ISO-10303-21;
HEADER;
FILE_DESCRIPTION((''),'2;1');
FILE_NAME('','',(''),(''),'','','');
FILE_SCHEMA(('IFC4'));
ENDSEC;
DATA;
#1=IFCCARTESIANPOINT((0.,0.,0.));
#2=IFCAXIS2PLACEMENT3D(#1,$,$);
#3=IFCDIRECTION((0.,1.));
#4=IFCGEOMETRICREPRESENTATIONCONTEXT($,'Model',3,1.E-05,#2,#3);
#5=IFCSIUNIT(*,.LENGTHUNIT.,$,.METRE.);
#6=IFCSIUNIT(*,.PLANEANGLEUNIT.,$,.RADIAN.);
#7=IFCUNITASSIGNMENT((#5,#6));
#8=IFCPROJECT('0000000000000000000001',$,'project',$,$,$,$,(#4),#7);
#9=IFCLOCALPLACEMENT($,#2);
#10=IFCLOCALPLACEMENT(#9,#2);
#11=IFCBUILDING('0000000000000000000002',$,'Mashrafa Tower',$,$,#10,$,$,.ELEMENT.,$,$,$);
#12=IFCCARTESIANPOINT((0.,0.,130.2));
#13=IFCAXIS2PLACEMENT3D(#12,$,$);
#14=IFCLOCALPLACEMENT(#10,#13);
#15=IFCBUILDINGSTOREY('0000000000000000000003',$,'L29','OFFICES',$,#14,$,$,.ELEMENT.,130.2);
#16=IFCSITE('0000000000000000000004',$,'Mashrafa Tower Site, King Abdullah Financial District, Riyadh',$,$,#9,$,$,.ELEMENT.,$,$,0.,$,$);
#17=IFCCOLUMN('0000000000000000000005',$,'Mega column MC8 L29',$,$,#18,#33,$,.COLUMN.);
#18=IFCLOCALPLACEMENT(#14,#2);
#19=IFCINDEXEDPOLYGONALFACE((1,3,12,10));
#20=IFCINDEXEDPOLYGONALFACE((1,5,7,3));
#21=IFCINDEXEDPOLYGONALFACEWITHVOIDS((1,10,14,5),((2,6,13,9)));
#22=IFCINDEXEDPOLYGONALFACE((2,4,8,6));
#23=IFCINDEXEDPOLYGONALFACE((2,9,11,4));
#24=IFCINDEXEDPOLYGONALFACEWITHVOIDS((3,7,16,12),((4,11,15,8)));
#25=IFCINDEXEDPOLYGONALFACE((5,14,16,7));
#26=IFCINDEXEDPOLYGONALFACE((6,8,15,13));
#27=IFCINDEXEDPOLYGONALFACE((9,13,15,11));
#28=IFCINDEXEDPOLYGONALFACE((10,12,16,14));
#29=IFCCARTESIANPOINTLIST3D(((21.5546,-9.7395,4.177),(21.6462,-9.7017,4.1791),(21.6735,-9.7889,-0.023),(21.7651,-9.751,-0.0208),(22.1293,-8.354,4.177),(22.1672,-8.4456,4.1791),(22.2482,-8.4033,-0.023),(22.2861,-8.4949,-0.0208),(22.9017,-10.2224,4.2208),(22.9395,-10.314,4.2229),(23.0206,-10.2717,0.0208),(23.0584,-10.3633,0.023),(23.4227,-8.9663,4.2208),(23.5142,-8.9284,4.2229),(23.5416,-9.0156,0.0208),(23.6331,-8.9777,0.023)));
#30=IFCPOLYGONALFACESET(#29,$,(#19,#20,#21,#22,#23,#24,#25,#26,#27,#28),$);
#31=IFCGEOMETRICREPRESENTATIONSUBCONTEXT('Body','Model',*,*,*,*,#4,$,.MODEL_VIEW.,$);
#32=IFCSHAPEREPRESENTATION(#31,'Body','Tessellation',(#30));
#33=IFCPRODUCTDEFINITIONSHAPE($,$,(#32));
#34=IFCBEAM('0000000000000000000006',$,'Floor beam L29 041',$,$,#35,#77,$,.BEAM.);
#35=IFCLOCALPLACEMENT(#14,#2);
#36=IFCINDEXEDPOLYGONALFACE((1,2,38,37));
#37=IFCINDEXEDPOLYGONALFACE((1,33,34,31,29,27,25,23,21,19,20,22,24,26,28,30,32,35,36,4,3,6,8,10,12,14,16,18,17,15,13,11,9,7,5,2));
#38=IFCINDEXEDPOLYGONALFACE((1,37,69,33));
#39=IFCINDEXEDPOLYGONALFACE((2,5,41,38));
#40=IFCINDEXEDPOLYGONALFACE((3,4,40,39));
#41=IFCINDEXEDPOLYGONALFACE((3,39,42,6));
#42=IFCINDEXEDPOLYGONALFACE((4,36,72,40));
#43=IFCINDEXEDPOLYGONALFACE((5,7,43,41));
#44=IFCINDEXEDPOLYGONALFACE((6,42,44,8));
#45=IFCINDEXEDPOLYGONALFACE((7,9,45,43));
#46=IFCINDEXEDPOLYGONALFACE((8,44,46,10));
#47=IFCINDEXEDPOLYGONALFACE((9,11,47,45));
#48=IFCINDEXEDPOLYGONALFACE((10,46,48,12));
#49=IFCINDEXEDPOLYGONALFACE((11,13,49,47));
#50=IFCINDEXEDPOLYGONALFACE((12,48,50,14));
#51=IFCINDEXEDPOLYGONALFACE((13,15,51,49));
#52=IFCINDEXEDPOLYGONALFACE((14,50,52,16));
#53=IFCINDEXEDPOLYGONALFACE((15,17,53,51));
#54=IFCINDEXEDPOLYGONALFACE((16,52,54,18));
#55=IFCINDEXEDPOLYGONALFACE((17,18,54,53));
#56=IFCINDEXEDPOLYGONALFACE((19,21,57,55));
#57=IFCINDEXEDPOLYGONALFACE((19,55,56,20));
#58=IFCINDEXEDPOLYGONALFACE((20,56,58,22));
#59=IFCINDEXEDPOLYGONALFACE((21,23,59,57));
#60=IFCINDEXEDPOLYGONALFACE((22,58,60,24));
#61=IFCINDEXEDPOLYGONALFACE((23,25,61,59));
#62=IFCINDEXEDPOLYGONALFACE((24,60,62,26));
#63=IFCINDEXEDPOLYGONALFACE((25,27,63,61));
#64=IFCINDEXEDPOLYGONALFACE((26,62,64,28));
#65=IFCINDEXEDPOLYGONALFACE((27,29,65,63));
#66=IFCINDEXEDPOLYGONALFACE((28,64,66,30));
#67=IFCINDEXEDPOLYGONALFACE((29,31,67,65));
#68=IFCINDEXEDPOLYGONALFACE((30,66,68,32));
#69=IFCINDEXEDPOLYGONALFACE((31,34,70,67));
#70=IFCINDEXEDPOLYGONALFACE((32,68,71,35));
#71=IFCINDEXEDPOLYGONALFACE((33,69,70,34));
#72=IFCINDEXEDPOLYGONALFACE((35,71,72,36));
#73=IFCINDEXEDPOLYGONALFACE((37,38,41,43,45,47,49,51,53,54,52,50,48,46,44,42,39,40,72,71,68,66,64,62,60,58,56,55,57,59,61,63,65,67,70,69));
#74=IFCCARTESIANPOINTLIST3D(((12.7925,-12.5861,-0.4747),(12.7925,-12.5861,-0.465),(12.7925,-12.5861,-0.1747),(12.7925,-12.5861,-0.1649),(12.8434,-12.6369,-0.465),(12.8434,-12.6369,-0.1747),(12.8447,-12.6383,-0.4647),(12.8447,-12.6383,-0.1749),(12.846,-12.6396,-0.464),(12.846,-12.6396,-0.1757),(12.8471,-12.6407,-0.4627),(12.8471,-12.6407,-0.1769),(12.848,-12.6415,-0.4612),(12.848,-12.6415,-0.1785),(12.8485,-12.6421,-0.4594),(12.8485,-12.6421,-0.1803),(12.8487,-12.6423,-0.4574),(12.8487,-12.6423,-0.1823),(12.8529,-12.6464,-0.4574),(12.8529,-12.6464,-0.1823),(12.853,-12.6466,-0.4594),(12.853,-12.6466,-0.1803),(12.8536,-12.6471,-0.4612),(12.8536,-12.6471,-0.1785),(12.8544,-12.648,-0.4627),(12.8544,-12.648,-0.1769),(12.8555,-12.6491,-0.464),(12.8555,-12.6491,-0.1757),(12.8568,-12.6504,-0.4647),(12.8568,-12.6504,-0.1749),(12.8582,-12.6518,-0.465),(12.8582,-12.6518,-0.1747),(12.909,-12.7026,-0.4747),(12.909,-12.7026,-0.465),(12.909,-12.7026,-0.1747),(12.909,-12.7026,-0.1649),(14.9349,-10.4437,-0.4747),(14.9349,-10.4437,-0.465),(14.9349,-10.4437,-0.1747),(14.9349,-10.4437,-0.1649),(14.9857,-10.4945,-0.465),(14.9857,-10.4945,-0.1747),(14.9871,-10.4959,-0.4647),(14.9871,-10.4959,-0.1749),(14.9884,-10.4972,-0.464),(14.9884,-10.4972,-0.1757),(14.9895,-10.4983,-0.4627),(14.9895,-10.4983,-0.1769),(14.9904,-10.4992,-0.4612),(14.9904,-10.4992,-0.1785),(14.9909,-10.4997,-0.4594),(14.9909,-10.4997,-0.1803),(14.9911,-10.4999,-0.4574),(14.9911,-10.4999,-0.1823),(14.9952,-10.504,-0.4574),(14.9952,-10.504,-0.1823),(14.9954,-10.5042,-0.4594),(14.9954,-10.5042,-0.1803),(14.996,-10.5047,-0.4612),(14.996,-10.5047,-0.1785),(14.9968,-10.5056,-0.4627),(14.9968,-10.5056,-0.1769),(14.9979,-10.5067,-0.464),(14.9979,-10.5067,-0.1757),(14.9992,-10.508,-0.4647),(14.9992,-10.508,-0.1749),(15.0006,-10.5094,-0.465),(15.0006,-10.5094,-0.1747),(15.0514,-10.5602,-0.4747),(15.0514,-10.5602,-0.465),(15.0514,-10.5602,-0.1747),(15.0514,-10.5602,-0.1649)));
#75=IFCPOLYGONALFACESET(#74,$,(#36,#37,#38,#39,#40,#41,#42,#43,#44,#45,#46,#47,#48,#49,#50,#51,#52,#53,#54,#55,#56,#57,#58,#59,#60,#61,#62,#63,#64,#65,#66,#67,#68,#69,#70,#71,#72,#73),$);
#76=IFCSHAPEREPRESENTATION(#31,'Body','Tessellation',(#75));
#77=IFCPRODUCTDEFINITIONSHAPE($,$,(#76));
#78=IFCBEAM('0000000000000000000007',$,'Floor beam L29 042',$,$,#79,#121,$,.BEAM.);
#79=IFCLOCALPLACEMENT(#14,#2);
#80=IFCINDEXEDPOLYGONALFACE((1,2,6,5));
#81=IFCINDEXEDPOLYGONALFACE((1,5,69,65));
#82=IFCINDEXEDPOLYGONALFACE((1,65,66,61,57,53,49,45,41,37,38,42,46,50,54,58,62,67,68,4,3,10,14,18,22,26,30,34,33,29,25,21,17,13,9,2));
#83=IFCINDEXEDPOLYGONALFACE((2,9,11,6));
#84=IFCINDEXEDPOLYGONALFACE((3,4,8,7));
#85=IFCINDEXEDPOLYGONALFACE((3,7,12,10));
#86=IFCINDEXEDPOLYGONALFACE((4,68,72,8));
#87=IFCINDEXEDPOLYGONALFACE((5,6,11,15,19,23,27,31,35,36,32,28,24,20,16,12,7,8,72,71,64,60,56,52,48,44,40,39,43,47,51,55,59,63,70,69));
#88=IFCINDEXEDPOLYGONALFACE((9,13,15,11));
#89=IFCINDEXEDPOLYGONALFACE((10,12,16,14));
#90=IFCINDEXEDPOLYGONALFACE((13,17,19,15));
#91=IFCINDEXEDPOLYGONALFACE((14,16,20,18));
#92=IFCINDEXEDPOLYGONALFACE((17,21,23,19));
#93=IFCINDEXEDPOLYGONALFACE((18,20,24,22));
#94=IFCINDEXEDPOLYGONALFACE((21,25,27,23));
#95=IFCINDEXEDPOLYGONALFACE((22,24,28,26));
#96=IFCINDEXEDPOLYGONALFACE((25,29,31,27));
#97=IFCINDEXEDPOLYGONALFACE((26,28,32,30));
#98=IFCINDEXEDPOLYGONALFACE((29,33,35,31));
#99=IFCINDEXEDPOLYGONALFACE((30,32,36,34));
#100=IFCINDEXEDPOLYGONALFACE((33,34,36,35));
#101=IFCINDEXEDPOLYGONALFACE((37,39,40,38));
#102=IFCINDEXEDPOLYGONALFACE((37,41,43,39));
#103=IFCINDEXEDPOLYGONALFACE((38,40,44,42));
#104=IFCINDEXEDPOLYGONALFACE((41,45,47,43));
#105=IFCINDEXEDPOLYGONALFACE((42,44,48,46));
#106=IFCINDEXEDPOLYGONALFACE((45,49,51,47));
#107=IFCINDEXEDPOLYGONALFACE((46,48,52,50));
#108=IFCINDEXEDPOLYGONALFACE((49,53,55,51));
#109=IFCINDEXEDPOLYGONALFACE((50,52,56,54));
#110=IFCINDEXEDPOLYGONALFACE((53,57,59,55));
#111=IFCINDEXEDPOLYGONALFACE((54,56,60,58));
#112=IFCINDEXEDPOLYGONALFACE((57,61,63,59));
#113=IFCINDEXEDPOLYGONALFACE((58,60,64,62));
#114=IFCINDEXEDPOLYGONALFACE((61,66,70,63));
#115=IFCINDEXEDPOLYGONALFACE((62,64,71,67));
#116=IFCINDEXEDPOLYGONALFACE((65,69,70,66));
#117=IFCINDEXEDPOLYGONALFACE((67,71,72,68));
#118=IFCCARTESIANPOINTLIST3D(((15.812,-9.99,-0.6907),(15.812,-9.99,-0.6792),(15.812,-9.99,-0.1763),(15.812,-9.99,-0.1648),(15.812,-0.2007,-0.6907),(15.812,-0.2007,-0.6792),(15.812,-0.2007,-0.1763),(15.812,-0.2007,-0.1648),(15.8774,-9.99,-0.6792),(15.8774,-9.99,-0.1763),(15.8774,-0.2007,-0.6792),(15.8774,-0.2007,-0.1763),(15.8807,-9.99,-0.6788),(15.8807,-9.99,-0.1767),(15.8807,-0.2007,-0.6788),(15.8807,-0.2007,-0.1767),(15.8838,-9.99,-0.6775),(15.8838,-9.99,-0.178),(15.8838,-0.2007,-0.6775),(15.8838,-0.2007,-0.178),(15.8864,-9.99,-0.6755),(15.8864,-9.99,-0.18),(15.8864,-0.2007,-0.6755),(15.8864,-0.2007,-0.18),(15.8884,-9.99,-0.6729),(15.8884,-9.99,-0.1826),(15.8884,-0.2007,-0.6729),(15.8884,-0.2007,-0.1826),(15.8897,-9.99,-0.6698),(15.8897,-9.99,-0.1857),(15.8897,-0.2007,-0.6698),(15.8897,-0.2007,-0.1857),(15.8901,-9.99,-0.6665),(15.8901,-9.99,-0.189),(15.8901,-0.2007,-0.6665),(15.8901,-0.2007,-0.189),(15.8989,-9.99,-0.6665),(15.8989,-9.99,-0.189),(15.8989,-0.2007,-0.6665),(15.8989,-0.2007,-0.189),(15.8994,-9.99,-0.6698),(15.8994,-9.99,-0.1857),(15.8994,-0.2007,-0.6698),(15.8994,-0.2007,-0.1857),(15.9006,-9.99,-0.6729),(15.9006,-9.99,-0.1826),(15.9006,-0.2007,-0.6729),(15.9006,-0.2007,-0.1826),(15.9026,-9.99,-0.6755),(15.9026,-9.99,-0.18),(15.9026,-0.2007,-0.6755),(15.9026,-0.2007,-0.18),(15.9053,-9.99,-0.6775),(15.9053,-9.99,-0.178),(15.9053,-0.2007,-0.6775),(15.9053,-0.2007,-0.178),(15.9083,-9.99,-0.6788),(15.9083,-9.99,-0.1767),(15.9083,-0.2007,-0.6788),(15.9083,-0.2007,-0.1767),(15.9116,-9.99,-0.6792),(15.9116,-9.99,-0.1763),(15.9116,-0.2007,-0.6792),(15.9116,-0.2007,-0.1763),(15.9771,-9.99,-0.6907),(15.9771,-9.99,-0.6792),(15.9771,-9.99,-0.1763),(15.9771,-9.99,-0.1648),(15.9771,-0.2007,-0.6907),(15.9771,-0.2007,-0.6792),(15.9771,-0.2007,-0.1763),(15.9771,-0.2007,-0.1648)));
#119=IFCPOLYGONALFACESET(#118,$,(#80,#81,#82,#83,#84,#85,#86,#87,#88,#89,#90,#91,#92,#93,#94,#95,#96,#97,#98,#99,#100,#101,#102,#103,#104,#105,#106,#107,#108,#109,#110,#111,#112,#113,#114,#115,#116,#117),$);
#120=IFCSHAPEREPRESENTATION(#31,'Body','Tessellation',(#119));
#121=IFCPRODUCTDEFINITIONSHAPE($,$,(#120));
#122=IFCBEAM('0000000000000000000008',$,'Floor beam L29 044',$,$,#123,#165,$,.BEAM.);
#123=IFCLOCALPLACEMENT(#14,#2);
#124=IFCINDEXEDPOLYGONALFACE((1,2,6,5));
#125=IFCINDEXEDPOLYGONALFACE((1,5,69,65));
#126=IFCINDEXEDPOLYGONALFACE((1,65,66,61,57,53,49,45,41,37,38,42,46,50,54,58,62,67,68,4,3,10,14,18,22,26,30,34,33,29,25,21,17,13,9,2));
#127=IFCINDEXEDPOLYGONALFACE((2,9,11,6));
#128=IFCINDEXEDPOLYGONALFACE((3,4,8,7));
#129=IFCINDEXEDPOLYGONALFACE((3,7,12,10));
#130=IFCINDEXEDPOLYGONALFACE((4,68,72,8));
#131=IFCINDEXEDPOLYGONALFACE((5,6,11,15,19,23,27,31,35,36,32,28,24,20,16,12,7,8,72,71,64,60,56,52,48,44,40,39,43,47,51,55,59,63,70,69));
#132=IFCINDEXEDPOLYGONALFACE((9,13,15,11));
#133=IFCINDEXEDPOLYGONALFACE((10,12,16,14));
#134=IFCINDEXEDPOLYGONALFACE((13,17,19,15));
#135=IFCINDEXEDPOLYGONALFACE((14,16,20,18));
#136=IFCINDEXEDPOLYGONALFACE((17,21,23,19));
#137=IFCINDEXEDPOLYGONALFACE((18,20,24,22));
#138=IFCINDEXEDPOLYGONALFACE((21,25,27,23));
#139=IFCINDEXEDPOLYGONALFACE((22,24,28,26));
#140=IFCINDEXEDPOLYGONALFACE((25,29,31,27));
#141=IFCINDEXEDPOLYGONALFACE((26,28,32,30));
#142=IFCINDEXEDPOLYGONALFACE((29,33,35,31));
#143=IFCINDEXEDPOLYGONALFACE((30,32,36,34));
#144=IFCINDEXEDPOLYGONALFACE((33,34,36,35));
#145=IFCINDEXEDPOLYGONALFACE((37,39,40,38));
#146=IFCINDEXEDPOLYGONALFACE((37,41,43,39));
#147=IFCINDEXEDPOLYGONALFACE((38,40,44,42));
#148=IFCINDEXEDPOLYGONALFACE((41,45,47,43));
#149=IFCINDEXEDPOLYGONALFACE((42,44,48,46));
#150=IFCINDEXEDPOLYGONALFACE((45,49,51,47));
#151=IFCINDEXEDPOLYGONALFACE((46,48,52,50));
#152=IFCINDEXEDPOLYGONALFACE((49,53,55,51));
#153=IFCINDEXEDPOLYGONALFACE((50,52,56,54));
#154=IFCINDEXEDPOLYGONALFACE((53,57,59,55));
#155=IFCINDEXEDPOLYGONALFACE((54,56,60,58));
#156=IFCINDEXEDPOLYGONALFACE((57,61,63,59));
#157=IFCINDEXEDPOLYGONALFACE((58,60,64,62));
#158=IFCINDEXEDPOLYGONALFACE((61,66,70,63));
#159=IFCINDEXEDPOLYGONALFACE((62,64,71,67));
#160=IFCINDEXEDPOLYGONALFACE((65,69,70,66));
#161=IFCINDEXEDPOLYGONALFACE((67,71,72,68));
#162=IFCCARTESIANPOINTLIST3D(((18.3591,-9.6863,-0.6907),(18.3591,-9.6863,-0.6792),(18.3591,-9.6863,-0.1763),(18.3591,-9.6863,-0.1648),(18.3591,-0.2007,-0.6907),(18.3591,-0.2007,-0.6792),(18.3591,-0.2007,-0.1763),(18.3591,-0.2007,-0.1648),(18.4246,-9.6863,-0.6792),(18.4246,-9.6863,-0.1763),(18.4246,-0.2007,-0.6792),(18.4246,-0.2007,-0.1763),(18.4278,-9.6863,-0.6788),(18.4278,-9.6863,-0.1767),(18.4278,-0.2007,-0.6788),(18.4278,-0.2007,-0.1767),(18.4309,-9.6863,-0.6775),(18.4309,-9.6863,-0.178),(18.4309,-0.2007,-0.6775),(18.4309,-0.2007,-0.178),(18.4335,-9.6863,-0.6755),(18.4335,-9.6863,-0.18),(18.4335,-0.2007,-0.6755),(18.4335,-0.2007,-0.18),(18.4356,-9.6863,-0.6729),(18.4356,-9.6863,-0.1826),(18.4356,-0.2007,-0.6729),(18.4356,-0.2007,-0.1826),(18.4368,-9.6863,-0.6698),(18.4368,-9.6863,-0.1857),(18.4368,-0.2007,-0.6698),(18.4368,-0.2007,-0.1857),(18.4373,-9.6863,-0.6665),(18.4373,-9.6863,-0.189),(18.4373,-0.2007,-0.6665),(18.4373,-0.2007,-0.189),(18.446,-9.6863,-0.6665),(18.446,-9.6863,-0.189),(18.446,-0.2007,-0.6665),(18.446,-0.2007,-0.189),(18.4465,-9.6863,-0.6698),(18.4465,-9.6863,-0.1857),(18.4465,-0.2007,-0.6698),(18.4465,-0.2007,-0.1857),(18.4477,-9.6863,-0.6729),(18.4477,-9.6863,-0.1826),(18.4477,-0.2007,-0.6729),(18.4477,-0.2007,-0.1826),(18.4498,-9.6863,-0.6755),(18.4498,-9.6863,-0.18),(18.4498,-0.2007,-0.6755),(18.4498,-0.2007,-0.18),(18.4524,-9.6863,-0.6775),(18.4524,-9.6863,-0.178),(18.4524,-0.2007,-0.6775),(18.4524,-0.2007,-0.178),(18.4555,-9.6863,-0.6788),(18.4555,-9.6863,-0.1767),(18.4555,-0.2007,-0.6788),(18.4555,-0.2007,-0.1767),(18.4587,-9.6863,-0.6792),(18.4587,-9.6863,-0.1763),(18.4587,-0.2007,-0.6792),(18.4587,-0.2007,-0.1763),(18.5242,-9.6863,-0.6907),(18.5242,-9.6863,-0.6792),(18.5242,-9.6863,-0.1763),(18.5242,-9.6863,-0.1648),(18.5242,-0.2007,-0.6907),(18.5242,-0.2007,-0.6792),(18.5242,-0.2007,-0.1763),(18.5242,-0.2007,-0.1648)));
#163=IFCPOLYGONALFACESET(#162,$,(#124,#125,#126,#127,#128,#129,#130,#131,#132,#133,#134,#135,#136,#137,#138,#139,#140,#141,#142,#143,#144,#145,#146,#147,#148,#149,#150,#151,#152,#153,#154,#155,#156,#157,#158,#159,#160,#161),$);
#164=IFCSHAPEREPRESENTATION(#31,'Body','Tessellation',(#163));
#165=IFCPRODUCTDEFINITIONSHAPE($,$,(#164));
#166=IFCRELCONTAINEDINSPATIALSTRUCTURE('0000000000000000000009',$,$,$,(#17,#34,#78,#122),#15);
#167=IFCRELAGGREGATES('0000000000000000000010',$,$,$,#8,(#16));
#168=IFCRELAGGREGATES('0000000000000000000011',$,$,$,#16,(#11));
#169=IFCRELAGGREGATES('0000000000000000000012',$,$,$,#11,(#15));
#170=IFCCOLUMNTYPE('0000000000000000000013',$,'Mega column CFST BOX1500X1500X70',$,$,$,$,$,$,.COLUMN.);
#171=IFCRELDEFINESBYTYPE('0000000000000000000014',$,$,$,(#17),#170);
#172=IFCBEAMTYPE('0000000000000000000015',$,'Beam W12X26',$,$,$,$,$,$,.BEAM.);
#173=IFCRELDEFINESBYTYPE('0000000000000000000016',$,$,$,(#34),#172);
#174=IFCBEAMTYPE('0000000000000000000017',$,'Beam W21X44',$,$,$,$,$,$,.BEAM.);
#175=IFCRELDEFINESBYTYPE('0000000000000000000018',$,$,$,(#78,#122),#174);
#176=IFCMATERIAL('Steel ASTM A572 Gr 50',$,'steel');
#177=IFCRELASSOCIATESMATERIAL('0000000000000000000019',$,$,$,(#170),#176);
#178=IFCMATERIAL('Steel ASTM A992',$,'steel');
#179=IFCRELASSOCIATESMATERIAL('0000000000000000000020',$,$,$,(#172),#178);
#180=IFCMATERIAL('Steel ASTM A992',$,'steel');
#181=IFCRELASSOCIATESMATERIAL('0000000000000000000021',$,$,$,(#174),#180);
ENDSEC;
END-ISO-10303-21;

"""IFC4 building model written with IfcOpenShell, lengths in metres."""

from ifc_helpers import new_model, si_unit, direction, frame, origin, origin_2d, place, context, subcontext, project, spatial, hollow_rectangle, i_section, extrude, material, material_profile, profile_set, type_object, element, save


model = new_model("IFC4")

# Units and contexts
model_context = context("Model", 3, precision=1e-05, world=origin(), true_north=direction((0.0, 1.0)))
body_context = subcontext(model_context, "Body", "Model", "MODEL_VIEW")
ifc_project = project(units=[si_unit("LENGTHUNIT", "METRE"), si_unit("PLANEANGLEUNIT", "RADIAN")], contexts=[model_context])

# Site, building, storey
site_placement = place(None, origin())
site = spatial("IfcSite", under=ifc_project, at=site_placement, Name="Mashrafa Tower Site, King Abdullah Financial District, Riyadh", CompositionType="ELEMENT", RefElevation=0.0)
building_placement = place(site_placement, origin())
building = spatial("IfcBuilding", under=site, at=building_placement, Name="Mashrafa Tower", CompositionType="ELEMENT")
storey_placement = place(building_placement, frame((0.0, 0.0, 130.2)))
storey = spatial("IfcBuildingStorey", under=building, at=storey_placement, Name="L29", Description="OFFICES", CompositionType="ELEMENT", Elevation=130.2)

# Column
ifc_material_1 = material(Name="Steel ASTM A572 Gr 50", Category="steel")
ifc_material_profile_1 = material_profile(ifc_material_1, hollow_rectangle(XDim=1.5, YDim=1.5, WallThickness=0.0701, at=origin_2d()), Name="BOX1500X1500X70")
ifc_profile_set_1 = profile_set([ifc_material_profile_1], Name="Steel ASTM A572 Gr 50")
column_type = type_object("IfcColumnType", Name="Mega column CFST BOX1500X1500X70", PredefinedType="COLUMN", material=ifc_profile_set_1)
column_placement = place(storey_placement, frame((22.6533, -9.3833, 0.0), z_axis=(-0.028296, 0.011737, 0.999531), x_axis=(-0.383133, -0.923693, 0.0)))
element("IfcColumn", 1, at=column_placement, inside=storey, type_object=column_type, Name="Mega column MC8 L29", PredefinedType="COLUMN", context=body_context, shape_type="SweptSolid", body=[
    extrude(hollow_rectangle(XDim=1.5, YDim=1.5, WallThickness=0.0701, at=origin_2d()), origin(), (0.0, 0.0, 1.0), 4.2019),
])

# Beams
ifc_material_2 = material(Name="Steel ASTM A992", Category="steel")
ifc_material_profile_2 = material_profile(ifc_material_2, i_section(OverallWidth=0.1648, OverallDepth=0.3098, WebThickness=0.0059, FlangeThickness=0.0098, FilletRadius=0.0076, at=origin_2d()), Name="W12X26")
ifc_profile_set_2 = profile_set([ifc_material_profile_2], Name="Steel ASTM A992")
beam_type_1 = type_object("IfcBeamType", Name="Beam W12X26", PredefinedType="BEAM", material=ifc_profile_set_2)
beam_1_placement = place(storey_placement, frame((14.9932, -10.502, -0.3198), z_axis=(-0.707107, -0.707107, 0.0), x_axis=(0.707107, -0.707107, 0.0)))
element("IfcBeam", 2, at=beam_1_placement, inside=storey, type_object=beam_type_1, Name="Floor beam L29 041", PredefinedType="BEAM", context=body_context, shape_type="SweptSolid", body=[
    extrude(i_section(OverallWidth=0.1648, OverallDepth=0.3098, WebThickness=0.0059, FlangeThickness=0.0098, FilletRadius=0.0076, at=origin_2d()), origin(), (0.0, 0.0, 1.0), 3.0298),
])
ifc_material_3 = material(Name="Steel ASTM A992", Category="steel")
ifc_material_profile_3 = material_profile(ifc_material_3, i_section(OverallWidth=0.165, OverallDepth=0.5259, WebThickness=0.0088, FlangeThickness=0.0115, FilletRadius=0.0127, at=origin_2d()), Name="W21X44")
ifc_profile_set_3 = profile_set([ifc_material_profile_3], Name="Steel ASTM A992")
beam_type_2 = type_object("IfcBeamType", Name="Beam W21X44", PredefinedType="BEAM", material=ifc_profile_set_3)
beam_2_placement = place(storey_placement, frame((15.8945, -0.2007, -0.4277), z_axis=(0.0, -1.0, 0.0), x_axis=(1.0, 0.0, 0.0)))
element("IfcBeam", 3, at=beam_2_placement, inside=storey, type_object=beam_type_2, Name="Floor beam L29 042", PredefinedType="BEAM", context=body_context, shape_type="SweptSolid", body=[
    extrude(i_section(OverallWidth=0.165, OverallDepth=0.5259, WebThickness=0.0088, FlangeThickness=0.0115, FilletRadius=0.0127, at=origin_2d()), origin(), (0.0, 0.0, 1.0), 9.7893),
])
beam_3_placement = place(storey_placement, frame((18.4417, -0.2007, -0.4277), z_axis=(0.0, -1.0, 0.0), x_axis=(1.0, 0.0, 0.0)))
element("IfcBeam", 4, at=beam_3_placement, inside=storey, type_object=beam_type_2, Name="Floor beam L29 044", PredefinedType="BEAM", context=body_context, shape_type="SweptSolid", body=[
    extrude(i_section(OverallWidth=0.165, OverallDepth=0.5259, WebThickness=0.0088, FlangeThickness=0.0115, FilletRadius=0.0127, at=origin_2d()), origin(), (0.0, 0.0, 1.0), 9.4856),
])

save(model, "model.ifc")
